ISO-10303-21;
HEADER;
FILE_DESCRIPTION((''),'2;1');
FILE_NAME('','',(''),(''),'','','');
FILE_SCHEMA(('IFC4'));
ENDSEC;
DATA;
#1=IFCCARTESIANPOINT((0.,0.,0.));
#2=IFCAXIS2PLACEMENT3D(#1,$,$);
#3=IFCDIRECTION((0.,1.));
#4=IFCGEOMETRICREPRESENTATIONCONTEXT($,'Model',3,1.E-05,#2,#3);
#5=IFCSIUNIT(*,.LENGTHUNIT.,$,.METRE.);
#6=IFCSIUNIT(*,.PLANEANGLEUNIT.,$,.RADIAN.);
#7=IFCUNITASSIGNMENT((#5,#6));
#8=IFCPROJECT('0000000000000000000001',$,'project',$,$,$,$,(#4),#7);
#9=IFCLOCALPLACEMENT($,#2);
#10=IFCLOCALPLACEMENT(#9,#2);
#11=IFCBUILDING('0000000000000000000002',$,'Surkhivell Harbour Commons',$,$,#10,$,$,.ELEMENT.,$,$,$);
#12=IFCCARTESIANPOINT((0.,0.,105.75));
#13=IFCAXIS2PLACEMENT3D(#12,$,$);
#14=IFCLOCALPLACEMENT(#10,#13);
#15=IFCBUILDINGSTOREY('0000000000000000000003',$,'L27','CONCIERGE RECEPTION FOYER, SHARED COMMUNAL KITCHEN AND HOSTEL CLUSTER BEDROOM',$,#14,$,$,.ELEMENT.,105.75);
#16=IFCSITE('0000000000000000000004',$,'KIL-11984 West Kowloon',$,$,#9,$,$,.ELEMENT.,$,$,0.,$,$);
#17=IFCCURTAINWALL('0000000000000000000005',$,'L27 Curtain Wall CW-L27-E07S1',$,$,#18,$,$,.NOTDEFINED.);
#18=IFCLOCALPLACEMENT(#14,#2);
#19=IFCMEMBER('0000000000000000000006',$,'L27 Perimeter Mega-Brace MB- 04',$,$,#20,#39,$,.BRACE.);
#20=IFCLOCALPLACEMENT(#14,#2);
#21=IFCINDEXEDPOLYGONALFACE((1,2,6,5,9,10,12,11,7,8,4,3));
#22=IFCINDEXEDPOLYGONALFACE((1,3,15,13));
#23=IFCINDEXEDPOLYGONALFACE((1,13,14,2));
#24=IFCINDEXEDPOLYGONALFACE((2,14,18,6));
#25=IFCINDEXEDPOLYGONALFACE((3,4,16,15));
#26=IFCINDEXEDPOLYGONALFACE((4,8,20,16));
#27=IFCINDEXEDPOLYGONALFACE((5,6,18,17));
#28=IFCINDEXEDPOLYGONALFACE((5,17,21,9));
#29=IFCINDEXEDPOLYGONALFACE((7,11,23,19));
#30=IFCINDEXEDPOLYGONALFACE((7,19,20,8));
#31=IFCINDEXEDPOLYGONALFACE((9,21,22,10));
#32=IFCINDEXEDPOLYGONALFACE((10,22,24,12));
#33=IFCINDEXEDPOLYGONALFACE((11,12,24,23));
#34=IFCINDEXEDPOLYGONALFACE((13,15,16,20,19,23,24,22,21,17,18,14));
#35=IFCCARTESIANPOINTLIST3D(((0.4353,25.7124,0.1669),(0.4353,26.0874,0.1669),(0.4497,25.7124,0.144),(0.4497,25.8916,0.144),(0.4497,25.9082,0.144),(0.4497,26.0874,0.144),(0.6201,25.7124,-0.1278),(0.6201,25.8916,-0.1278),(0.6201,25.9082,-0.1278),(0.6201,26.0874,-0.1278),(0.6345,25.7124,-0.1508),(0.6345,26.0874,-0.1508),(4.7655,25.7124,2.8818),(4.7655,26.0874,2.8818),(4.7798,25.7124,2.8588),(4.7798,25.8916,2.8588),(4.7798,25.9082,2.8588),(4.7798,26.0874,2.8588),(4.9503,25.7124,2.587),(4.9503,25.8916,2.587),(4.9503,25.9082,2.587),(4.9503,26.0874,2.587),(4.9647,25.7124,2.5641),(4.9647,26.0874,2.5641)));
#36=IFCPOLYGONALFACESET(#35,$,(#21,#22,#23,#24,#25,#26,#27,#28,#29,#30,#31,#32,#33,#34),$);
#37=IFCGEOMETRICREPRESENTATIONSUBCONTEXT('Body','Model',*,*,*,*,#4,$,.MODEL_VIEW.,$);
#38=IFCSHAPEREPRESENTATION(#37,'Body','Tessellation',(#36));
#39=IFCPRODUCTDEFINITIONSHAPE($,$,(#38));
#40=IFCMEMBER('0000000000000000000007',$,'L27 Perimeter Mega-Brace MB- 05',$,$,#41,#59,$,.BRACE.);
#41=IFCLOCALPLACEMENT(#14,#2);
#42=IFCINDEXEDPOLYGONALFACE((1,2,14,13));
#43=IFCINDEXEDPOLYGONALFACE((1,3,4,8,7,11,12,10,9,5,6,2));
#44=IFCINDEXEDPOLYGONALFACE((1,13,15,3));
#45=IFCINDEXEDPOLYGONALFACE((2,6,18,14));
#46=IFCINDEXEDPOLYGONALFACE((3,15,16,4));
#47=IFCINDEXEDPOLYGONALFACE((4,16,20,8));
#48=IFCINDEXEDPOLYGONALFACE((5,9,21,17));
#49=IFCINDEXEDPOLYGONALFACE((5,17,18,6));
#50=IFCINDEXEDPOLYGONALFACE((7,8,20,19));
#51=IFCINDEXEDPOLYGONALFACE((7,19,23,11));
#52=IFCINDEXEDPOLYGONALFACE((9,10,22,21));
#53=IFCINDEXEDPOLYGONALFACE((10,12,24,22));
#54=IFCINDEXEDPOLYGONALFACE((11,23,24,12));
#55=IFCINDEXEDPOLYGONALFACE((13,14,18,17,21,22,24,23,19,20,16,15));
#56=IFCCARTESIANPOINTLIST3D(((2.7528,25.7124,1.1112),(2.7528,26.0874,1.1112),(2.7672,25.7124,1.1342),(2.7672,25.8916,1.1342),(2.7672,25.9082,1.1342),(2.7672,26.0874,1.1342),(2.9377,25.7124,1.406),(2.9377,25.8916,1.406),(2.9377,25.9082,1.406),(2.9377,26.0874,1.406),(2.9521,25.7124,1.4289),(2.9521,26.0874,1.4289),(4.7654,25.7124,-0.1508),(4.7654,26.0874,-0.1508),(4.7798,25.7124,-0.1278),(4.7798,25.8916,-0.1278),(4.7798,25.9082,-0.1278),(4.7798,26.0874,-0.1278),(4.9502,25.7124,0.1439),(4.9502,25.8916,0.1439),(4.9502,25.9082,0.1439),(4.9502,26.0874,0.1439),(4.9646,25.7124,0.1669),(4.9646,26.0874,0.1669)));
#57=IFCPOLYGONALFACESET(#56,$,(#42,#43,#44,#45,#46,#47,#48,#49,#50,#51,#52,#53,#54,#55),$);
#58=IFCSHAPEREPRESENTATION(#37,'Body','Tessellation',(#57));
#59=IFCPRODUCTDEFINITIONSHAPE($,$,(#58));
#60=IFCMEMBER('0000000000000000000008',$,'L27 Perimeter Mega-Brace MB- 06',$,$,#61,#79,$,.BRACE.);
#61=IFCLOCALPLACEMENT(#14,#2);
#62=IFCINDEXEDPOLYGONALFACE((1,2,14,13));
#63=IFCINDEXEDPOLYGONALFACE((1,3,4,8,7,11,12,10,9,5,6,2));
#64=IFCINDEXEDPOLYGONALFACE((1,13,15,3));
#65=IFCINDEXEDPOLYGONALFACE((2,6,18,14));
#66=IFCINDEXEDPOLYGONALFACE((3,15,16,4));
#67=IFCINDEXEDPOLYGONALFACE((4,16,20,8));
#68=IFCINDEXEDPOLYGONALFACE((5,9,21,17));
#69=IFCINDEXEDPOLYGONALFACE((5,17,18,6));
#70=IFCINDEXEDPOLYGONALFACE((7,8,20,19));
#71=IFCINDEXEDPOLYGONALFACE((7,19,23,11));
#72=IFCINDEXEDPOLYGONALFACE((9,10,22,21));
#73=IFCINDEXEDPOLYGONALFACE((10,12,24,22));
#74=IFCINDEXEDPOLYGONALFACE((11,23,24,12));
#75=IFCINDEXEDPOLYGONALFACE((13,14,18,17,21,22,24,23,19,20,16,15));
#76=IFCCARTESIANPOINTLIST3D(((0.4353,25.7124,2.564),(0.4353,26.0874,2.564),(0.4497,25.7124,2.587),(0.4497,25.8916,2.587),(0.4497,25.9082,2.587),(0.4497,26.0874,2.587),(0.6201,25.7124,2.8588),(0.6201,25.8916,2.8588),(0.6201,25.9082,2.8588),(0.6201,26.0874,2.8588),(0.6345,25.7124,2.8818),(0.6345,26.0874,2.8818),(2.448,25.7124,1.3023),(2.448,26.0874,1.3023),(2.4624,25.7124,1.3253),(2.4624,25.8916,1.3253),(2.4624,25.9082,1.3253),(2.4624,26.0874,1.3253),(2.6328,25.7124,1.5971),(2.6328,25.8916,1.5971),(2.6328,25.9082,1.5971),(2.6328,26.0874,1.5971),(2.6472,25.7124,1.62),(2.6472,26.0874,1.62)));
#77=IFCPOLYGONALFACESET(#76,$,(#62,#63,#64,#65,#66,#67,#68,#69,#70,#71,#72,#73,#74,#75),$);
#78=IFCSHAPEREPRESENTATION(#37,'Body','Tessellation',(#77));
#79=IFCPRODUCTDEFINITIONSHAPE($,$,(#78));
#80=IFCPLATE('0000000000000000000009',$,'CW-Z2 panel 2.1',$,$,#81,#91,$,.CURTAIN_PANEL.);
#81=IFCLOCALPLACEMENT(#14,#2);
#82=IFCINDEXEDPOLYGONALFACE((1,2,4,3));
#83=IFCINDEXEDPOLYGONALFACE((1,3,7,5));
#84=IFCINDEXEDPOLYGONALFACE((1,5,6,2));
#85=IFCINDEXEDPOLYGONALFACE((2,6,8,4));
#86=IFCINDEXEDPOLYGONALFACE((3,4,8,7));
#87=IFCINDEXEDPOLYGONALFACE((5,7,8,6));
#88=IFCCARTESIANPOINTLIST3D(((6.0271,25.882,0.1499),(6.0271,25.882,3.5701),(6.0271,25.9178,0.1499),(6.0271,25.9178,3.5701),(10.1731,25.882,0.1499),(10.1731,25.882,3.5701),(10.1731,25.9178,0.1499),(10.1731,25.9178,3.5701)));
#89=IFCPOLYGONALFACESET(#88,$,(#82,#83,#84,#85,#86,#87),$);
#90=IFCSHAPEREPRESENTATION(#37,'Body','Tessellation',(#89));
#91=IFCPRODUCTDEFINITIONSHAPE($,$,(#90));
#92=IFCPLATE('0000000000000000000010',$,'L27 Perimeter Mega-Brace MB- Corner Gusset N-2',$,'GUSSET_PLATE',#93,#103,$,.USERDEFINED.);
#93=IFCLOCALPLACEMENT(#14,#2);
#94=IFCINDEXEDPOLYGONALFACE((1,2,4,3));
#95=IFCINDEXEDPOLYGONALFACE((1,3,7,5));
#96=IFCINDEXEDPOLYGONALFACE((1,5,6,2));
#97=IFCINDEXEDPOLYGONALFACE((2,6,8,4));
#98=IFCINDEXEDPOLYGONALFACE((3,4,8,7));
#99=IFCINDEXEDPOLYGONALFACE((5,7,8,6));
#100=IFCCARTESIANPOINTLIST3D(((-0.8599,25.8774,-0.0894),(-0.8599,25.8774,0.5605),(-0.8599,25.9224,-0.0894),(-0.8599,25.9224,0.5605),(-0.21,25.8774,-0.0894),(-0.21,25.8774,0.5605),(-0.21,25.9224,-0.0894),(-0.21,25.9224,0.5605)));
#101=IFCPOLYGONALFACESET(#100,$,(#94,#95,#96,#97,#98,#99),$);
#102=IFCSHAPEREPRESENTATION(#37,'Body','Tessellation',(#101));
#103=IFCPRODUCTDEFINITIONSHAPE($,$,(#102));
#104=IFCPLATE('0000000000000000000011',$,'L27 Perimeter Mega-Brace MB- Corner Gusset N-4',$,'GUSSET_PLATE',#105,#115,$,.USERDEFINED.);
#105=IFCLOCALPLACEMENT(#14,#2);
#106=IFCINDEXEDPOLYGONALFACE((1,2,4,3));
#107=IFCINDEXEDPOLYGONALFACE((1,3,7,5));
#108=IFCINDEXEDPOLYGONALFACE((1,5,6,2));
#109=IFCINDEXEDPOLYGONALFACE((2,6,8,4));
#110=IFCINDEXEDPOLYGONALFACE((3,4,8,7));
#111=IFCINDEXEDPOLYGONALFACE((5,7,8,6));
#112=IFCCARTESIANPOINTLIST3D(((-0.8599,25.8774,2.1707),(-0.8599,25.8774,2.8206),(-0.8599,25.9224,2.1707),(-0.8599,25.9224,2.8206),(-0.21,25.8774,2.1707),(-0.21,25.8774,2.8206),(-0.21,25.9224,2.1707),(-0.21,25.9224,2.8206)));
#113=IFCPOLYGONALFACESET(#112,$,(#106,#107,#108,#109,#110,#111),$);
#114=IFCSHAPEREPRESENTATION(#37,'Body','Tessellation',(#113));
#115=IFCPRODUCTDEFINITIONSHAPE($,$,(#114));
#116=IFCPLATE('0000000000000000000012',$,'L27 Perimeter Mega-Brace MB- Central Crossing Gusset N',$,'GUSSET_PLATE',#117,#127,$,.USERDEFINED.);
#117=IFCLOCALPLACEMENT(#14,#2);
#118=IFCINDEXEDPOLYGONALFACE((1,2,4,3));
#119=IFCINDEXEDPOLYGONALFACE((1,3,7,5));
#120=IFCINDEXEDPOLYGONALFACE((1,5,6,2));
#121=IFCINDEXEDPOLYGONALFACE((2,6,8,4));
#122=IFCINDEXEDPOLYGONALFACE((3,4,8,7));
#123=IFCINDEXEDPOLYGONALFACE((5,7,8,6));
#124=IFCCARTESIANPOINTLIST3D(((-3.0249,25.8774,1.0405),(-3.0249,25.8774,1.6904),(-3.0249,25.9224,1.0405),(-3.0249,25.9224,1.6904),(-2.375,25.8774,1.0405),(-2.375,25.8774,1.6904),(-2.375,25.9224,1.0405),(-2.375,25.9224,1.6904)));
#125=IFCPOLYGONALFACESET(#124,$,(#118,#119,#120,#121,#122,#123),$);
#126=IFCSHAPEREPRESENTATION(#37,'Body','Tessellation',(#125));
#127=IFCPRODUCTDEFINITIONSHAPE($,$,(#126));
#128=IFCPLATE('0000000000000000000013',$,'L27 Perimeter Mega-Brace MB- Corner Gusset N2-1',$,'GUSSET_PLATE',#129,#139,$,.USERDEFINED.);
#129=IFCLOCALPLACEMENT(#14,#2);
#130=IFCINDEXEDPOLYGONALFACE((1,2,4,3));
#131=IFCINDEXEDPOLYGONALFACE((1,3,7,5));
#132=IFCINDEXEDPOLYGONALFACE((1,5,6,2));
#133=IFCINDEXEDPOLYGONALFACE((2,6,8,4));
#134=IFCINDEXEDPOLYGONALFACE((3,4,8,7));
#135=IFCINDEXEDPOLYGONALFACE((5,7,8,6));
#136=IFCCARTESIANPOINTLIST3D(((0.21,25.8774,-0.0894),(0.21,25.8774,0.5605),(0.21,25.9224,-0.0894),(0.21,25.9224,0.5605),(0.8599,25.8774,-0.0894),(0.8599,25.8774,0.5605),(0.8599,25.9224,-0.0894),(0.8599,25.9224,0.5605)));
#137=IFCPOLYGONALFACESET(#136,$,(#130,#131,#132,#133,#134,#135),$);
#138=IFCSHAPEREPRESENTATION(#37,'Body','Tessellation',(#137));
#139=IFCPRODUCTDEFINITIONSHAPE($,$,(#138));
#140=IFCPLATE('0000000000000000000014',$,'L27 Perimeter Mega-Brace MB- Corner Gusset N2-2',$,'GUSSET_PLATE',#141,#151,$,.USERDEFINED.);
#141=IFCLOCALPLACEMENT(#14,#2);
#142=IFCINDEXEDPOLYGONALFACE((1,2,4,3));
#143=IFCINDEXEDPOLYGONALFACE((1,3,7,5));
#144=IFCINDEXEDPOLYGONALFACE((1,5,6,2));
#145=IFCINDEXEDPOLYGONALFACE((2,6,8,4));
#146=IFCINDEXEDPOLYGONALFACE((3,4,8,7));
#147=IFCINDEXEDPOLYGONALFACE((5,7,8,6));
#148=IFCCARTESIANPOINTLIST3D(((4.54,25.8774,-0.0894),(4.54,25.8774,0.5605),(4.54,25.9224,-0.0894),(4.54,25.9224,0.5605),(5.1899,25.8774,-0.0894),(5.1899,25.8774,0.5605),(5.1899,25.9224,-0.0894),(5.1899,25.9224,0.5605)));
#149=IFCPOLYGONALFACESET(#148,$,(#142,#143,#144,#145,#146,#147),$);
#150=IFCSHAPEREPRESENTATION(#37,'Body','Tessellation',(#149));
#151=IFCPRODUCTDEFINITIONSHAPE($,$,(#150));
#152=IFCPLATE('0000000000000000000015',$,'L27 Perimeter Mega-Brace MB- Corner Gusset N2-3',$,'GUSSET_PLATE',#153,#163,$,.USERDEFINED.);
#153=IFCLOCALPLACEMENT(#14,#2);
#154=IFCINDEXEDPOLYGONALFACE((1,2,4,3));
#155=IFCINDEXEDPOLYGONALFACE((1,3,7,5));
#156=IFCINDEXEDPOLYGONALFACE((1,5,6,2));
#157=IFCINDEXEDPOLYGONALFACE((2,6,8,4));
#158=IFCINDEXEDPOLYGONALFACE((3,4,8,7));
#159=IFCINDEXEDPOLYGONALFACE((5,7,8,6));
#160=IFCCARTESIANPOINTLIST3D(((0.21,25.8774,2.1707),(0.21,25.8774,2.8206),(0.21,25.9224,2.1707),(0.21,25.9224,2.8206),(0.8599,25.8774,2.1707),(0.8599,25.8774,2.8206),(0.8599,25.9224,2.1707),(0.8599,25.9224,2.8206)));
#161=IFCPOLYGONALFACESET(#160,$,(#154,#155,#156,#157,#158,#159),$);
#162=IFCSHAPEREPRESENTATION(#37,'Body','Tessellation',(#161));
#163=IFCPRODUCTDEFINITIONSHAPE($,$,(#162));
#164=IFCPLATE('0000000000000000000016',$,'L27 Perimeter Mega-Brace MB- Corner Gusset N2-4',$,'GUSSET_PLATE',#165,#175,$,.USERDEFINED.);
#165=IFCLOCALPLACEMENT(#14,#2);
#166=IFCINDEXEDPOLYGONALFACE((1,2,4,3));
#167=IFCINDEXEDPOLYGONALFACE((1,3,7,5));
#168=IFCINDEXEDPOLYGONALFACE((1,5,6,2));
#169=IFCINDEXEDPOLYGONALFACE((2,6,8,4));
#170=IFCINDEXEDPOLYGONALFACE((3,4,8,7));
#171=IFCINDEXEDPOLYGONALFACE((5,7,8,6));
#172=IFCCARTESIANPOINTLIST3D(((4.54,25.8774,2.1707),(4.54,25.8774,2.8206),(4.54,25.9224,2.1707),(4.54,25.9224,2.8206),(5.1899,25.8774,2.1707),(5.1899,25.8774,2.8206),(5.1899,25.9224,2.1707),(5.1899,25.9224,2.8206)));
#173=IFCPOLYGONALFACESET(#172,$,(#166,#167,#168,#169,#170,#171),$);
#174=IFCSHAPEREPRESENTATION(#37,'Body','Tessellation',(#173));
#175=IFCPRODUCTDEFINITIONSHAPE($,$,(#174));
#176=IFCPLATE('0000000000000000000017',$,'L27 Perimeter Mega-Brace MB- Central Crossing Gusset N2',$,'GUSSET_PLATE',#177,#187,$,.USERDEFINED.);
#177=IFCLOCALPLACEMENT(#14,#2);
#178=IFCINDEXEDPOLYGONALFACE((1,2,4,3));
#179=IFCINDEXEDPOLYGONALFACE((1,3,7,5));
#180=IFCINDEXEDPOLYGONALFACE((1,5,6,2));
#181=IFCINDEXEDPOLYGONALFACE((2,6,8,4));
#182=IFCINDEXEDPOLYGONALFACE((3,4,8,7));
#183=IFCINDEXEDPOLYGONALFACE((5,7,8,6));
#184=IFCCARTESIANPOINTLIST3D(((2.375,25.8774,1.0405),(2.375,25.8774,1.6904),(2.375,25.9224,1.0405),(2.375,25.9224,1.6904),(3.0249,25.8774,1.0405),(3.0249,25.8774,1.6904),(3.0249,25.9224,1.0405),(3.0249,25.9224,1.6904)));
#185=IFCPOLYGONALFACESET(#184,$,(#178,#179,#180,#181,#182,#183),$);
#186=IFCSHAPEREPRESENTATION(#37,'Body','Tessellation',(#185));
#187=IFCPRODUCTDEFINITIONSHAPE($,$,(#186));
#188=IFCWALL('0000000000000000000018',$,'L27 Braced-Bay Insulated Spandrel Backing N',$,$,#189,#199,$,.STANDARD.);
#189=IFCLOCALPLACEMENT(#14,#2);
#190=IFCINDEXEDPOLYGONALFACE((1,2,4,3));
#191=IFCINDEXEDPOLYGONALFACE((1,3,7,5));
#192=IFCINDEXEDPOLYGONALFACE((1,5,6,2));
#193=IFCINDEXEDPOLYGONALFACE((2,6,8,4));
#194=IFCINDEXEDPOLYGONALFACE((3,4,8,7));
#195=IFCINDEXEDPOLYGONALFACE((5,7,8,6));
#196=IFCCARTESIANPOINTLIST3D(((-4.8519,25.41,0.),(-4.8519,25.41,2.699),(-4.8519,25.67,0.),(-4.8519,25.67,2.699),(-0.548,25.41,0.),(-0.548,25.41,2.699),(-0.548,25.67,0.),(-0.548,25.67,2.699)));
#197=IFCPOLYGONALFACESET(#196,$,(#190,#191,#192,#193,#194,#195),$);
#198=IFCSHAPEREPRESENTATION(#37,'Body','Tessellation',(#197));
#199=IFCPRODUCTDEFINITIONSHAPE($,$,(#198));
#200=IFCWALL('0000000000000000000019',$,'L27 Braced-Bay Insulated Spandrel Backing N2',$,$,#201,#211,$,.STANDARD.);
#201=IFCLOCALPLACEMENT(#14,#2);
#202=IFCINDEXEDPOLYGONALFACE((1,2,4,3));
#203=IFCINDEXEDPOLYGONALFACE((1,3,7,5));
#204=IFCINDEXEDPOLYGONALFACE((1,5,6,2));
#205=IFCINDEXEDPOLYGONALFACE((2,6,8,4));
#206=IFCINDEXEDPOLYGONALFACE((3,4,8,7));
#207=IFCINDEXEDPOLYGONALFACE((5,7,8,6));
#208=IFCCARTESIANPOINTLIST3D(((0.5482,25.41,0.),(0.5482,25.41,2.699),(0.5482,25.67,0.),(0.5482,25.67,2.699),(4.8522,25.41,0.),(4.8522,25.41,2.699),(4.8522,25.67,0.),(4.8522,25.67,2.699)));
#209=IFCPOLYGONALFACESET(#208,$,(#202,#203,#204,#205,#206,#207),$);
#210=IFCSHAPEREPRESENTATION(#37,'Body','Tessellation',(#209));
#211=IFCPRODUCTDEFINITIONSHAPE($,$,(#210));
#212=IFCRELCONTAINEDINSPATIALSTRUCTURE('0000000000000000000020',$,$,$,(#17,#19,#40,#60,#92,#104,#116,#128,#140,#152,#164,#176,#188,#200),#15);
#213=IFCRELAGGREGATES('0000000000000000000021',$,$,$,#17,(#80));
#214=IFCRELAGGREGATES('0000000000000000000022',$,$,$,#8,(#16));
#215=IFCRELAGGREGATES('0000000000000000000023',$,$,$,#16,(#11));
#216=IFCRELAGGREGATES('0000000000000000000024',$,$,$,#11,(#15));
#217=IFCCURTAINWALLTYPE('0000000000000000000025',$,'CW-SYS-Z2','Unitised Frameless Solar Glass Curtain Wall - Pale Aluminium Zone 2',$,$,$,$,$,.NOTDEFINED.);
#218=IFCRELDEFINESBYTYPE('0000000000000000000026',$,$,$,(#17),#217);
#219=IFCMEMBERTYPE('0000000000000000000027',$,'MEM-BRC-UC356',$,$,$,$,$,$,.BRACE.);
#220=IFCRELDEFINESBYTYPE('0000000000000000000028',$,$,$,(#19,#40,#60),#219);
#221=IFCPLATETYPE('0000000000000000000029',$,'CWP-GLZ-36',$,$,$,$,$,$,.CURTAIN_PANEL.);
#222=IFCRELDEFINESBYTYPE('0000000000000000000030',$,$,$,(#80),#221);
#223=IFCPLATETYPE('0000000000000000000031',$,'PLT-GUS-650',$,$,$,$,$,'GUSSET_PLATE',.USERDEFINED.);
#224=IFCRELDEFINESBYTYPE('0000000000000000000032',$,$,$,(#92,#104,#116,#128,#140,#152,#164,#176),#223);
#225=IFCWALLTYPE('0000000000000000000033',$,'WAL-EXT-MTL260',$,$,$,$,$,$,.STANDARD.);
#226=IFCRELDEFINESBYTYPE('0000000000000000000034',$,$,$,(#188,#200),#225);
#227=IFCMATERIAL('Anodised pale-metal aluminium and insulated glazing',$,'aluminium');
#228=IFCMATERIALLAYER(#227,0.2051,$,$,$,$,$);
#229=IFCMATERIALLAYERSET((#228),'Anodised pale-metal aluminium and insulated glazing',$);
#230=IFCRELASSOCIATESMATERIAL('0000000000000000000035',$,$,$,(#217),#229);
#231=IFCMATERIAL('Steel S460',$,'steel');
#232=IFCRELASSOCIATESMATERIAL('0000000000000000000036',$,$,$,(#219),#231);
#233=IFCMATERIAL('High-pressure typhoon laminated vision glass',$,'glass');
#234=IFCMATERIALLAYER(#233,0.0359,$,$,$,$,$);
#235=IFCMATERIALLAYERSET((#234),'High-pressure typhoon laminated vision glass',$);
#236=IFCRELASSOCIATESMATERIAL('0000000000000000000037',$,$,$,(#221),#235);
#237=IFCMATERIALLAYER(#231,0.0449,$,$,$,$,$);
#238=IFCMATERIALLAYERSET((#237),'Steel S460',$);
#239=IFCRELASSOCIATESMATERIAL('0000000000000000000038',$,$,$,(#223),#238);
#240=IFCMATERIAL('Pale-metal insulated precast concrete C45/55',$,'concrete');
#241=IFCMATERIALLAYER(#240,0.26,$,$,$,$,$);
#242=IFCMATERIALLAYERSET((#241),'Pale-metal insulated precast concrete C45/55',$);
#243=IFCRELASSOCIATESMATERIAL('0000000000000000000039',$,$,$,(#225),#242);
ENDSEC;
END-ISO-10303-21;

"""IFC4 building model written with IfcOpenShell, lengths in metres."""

from ifc_helpers import new_model, si_unit, direction, frame, frame_2d, origin, origin_2d, place, context, subcontext, project, spatial, rectangle, i_section, extrude, material, layer, layer_set, material_profile, profile_set, type_object, element, aggregate, save


model = new_model("IFC4")

# Units and contexts
model_context = context("Model", 3, precision=1e-05, world=origin(), true_north=direction((0.0, 1.0)))
body_context = subcontext(model_context, "Body", "Model", "MODEL_VIEW")
ifc_project = project(units=[si_unit("LENGTHUNIT", "METRE"), si_unit("PLANEANGLEUNIT", "RADIAN")], contexts=[model_context])

# Site, building, storey
site_placement = place(None, origin())
site = spatial("IfcSite", under=ifc_project, at=site_placement, Name="KIL-11984 West Kowloon", CompositionType="ELEMENT", RefElevation=0.0)
building_placement = place(site_placement, origin())
building = spatial("IfcBuilding", under=site, at=building_placement, Name="Surkhivell Harbour Commons", CompositionType="ELEMENT")
storey_placement = place(building_placement, frame((0.0, 0.0, 105.75)))
storey = spatial("IfcBuildingStorey", under=building, at=storey_placement, Name="L27", Description="CONCIERGE RECEPTION FOYER, SHARED COMMUNAL KITCHEN AND HOSTEL CLUSTER BEDROOM", CompositionType="ELEMENT", Elevation=105.75)

# Shared definitions
ifc_material_1 = material(Name="Steel S460", Category="steel")

# Curtain wall
ifc_material_2 = material(Name="Anodised pale-metal aluminium and insulated glazing", Category="aluminium")
ifc_layer_1 = layer(ifc_material_2, 0.2051)
ifc_layer_set_1 = layer_set([ifc_layer_1], Name="Anodised pale-metal aluminium and insulated glazing")
curtain_wall_type = type_object("IfcCurtainWallType", Name="CW-SYS-Z2", Description="Unitised Frameless Solar Glass Curtain Wall - Pale Aluminium Zone 2", PredefinedType="NOTDEFINED", material=ifc_layer_set_1)
curtain_wall_placement = place(storey_placement, origin())
curtain_wall = element("IfcCurtainWall", 1, at=curtain_wall_placement, inside=storey, type_object=curtain_wall_type, Name="L27 Curtain Wall CW-L27-E07S1", PredefinedType="NOTDEFINED")

# Members
ifc_material_profile_1 = material_profile(ifc_material_1, i_section(OverallWidth=0.375, OverallDepth=0.375, WebThickness=0.0166, FlangeThickness=0.0271, at=origin_2d()), Name="UC356x368x202")
ifc_profile_set_1 = profile_set([ifc_material_profile_1], Name="Steel S460")
member_type_1 = type_object("IfcMemberType", Name="MEM-BRC-UC356", PredefinedType="BRACE", material=ifc_profile_set_1)
member_1_placement = place(storey_placement, frame((0.5349, 25.8999, 0.0081), z_axis=(0.847246, 0.0, 0.531201), x_axis=(0.0, 1.0, 0.0)))
element("IfcMember", 2, at=member_1_placement, inside=storey, type_object=member_type_1, Name="L27 Perimeter Mega-Brace MB- 04", PredefinedType="BRACE", context=body_context, shape_type="SweptSolid", body=[
    extrude(i_section(OverallWidth=0.375, OverallDepth=0.375, WebThickness=0.0166, FlangeThickness=0.0271, at=origin_2d()), origin(), (0.0, 0.0, 1.0), 5.1108),
])
for number, where, z_axis, x_axis, name in (
    (3, (4.865, 25.8999, 0.0081), (-0.847206, 0.0, 0.531264), (0.0, -1.0, 0.0), "L27 Perimeter Mega-Brace MB- 05"),
    (4, (2.5476, 25.8999, 1.4612), (-0.847282, 0.0, 0.531144), (0.0, -1.0, 0.0), "L27 Perimeter Mega-Brace MB- 06"),
):
    element("IfcMember", number, at=place(storey_placement, frame(where, z_axis=z_axis, x_axis=x_axis)), inside=storey, type_object=member_type_1, Name=name, PredefinedType="BRACE", context=body_context, shape_type="SweptSolid", body=[
        extrude(i_section(OverallWidth=0.375, OverallDepth=0.375, WebThickness=0.0166, FlangeThickness=0.0271, at=origin_2d()), origin(), (0.0, 0.0, 1.0), 2.3755),
    ])

# Plate
ifc_material_3 = material(Name="High-pressure typhoon laminated vision glass", Category="glass")
ifc_layer_2 = layer(ifc_material_3, 0.0359)
ifc_layer_set_2 = layer_set([ifc_layer_2], Name="High-pressure typhoon laminated vision glass")
plate_type_1 = type_object("IfcPlateType", Name="CWP-GLZ-36", PredefinedType="CURTAIN_PANEL", material=ifc_layer_set_2)
plate_placement = place(storey_placement, frame((10.1731, 25.8999, 0.1499), z_axis=(0.0, 0.0, 1.0), x_axis=(-1.0, 0.0, 0.0)))
plate = element("IfcPlate", 5, at=plate_placement, type_object=plate_type_1, Name="CW-Z2 panel 2.1", PredefinedType="CURTAIN_PANEL", context=body_context, shape_type="SweptSolid", body=[
    extrude(rectangle(XDim=4.146, YDim=0.0359, at=frame_2d((2.073, 0.0))), origin(), (0.0, 0.0, 1.0), 3.4202),
])
aggregate(curtain_wall, [plate])

# Plates
ifc_layer_3 = layer(ifc_material_1, 0.0449)
ifc_layer_set_3 = layer_set([ifc_layer_3], Name="Steel S460")
plate_type_2 = type_object("IfcPlateType", Name="PLT-GUS-650", ElementType="GUSSET_PLATE", PredefinedType="USERDEFINED", material=ifc_layer_set_3)
for number, where, z_axis, x_axis, name in (
    (6, (-0.5349, 25.8999, -0.0894), (0.0, 0.0, 1.0), (1.0, 0.0, 0.0), "L27 Perimeter Mega-Brace MB- Corner Gusset N-2"),
    (7, (-0.5349, 25.8999, 2.1707), (0.0, 0.0, 1.0), (1.0, 0.0, 0.0), "L27 Perimeter Mega-Brace MB- Corner Gusset N-4"),
    (8, (-2.7, 25.8999, 1.0405), (0.0, 0.0, 1.0), (1.0, 0.0, 0.0), "L27 Perimeter Mega-Brace MB- Central Crossing Gusset N"),
    (9, (0.5349, 25.8999, -0.0894), (0.0, 0.0, 1.0), (1.0, 0.0, 0.0), "L27 Perimeter Mega-Brace MB- Corner Gusset N2-1"),
    (10, (4.865, 25.8999, -0.0894), (0.0, 0.0, 1.0), (1.0, 0.0, 0.0), "L27 Perimeter Mega-Brace MB- Corner Gusset N2-2"),
    (11, (0.5349, 25.8999, 2.1707), (0.0, 0.0, 1.0), (1.0, 0.0, 0.0), "L27 Perimeter Mega-Brace MB- Corner Gusset N2-3"),
    (12, (4.865, 25.8999, 2.1707), (0.0, 0.0, 1.0), (1.0, 0.0, 0.0), "L27 Perimeter Mega-Brace MB- Corner Gusset N2-4"),
    (13, (2.7, 25.8999, 1.0405), (0.0, 0.0, 1.0), (1.0, 0.0, 0.0), "L27 Perimeter Mega-Brace MB- Central Crossing Gusset N2"),
):
    element("IfcPlate", number, at=place(storey_placement, frame(where, z_axis=z_axis, x_axis=x_axis)), inside=storey, type_object=plate_type_2, Name=name, ObjectType="GUSSET_PLATE", PredefinedType="USERDEFINED", context=body_context, shape_type="SweptSolid", body=[
        extrude(rectangle(XDim=0.6499, YDim=0.0449, at=origin_2d()), origin(), (0.0, 0.0, 1.0), 0.6499),
    ])

# Walls
ifc_material_4 = material(Name="Pale-metal insulated precast concrete C45/55", Category="concrete")
ifc_layer_4 = layer(ifc_material_4, 0.26)
ifc_layer_set_4 = layer_set([ifc_layer_4], Name="Pale-metal insulated precast concrete C45/55")
wall_type_1 = type_object("IfcWallType", Name="WAL-EXT-MTL260", PredefinedType="STANDARD", material=ifc_layer_set_4)
for number, where, z_axis, x_axis, name in (
    (14, (-0.5481, 25.54, 0.0), (0.0, 0.0, 1.0), (-1.0, 0.0, 0.0), "L27 Braced-Bay Insulated Spandrel Backing N"),
    (15, (4.8521, 25.54, 0.0), (0.0, 0.0, 1.0), (-1.0, 0.0, 0.0), "L27 Braced-Bay Insulated Spandrel Backing N2"),
):
    element("IfcWall", number, at=place(storey_placement, frame(where, z_axis=z_axis, x_axis=x_axis)), inside=storey, type_object=wall_type_1, Name=name, PredefinedType="STANDARD", context=body_context, shape_type="SweptSolid", body=[
        extrude(rectangle(XDim=4.304, YDim=0.26, at=frame_2d((2.1519, 0.0))), origin(), (0.0, 0.0, 1.0), 2.699),
    ])

save(model, "model.ifc")
